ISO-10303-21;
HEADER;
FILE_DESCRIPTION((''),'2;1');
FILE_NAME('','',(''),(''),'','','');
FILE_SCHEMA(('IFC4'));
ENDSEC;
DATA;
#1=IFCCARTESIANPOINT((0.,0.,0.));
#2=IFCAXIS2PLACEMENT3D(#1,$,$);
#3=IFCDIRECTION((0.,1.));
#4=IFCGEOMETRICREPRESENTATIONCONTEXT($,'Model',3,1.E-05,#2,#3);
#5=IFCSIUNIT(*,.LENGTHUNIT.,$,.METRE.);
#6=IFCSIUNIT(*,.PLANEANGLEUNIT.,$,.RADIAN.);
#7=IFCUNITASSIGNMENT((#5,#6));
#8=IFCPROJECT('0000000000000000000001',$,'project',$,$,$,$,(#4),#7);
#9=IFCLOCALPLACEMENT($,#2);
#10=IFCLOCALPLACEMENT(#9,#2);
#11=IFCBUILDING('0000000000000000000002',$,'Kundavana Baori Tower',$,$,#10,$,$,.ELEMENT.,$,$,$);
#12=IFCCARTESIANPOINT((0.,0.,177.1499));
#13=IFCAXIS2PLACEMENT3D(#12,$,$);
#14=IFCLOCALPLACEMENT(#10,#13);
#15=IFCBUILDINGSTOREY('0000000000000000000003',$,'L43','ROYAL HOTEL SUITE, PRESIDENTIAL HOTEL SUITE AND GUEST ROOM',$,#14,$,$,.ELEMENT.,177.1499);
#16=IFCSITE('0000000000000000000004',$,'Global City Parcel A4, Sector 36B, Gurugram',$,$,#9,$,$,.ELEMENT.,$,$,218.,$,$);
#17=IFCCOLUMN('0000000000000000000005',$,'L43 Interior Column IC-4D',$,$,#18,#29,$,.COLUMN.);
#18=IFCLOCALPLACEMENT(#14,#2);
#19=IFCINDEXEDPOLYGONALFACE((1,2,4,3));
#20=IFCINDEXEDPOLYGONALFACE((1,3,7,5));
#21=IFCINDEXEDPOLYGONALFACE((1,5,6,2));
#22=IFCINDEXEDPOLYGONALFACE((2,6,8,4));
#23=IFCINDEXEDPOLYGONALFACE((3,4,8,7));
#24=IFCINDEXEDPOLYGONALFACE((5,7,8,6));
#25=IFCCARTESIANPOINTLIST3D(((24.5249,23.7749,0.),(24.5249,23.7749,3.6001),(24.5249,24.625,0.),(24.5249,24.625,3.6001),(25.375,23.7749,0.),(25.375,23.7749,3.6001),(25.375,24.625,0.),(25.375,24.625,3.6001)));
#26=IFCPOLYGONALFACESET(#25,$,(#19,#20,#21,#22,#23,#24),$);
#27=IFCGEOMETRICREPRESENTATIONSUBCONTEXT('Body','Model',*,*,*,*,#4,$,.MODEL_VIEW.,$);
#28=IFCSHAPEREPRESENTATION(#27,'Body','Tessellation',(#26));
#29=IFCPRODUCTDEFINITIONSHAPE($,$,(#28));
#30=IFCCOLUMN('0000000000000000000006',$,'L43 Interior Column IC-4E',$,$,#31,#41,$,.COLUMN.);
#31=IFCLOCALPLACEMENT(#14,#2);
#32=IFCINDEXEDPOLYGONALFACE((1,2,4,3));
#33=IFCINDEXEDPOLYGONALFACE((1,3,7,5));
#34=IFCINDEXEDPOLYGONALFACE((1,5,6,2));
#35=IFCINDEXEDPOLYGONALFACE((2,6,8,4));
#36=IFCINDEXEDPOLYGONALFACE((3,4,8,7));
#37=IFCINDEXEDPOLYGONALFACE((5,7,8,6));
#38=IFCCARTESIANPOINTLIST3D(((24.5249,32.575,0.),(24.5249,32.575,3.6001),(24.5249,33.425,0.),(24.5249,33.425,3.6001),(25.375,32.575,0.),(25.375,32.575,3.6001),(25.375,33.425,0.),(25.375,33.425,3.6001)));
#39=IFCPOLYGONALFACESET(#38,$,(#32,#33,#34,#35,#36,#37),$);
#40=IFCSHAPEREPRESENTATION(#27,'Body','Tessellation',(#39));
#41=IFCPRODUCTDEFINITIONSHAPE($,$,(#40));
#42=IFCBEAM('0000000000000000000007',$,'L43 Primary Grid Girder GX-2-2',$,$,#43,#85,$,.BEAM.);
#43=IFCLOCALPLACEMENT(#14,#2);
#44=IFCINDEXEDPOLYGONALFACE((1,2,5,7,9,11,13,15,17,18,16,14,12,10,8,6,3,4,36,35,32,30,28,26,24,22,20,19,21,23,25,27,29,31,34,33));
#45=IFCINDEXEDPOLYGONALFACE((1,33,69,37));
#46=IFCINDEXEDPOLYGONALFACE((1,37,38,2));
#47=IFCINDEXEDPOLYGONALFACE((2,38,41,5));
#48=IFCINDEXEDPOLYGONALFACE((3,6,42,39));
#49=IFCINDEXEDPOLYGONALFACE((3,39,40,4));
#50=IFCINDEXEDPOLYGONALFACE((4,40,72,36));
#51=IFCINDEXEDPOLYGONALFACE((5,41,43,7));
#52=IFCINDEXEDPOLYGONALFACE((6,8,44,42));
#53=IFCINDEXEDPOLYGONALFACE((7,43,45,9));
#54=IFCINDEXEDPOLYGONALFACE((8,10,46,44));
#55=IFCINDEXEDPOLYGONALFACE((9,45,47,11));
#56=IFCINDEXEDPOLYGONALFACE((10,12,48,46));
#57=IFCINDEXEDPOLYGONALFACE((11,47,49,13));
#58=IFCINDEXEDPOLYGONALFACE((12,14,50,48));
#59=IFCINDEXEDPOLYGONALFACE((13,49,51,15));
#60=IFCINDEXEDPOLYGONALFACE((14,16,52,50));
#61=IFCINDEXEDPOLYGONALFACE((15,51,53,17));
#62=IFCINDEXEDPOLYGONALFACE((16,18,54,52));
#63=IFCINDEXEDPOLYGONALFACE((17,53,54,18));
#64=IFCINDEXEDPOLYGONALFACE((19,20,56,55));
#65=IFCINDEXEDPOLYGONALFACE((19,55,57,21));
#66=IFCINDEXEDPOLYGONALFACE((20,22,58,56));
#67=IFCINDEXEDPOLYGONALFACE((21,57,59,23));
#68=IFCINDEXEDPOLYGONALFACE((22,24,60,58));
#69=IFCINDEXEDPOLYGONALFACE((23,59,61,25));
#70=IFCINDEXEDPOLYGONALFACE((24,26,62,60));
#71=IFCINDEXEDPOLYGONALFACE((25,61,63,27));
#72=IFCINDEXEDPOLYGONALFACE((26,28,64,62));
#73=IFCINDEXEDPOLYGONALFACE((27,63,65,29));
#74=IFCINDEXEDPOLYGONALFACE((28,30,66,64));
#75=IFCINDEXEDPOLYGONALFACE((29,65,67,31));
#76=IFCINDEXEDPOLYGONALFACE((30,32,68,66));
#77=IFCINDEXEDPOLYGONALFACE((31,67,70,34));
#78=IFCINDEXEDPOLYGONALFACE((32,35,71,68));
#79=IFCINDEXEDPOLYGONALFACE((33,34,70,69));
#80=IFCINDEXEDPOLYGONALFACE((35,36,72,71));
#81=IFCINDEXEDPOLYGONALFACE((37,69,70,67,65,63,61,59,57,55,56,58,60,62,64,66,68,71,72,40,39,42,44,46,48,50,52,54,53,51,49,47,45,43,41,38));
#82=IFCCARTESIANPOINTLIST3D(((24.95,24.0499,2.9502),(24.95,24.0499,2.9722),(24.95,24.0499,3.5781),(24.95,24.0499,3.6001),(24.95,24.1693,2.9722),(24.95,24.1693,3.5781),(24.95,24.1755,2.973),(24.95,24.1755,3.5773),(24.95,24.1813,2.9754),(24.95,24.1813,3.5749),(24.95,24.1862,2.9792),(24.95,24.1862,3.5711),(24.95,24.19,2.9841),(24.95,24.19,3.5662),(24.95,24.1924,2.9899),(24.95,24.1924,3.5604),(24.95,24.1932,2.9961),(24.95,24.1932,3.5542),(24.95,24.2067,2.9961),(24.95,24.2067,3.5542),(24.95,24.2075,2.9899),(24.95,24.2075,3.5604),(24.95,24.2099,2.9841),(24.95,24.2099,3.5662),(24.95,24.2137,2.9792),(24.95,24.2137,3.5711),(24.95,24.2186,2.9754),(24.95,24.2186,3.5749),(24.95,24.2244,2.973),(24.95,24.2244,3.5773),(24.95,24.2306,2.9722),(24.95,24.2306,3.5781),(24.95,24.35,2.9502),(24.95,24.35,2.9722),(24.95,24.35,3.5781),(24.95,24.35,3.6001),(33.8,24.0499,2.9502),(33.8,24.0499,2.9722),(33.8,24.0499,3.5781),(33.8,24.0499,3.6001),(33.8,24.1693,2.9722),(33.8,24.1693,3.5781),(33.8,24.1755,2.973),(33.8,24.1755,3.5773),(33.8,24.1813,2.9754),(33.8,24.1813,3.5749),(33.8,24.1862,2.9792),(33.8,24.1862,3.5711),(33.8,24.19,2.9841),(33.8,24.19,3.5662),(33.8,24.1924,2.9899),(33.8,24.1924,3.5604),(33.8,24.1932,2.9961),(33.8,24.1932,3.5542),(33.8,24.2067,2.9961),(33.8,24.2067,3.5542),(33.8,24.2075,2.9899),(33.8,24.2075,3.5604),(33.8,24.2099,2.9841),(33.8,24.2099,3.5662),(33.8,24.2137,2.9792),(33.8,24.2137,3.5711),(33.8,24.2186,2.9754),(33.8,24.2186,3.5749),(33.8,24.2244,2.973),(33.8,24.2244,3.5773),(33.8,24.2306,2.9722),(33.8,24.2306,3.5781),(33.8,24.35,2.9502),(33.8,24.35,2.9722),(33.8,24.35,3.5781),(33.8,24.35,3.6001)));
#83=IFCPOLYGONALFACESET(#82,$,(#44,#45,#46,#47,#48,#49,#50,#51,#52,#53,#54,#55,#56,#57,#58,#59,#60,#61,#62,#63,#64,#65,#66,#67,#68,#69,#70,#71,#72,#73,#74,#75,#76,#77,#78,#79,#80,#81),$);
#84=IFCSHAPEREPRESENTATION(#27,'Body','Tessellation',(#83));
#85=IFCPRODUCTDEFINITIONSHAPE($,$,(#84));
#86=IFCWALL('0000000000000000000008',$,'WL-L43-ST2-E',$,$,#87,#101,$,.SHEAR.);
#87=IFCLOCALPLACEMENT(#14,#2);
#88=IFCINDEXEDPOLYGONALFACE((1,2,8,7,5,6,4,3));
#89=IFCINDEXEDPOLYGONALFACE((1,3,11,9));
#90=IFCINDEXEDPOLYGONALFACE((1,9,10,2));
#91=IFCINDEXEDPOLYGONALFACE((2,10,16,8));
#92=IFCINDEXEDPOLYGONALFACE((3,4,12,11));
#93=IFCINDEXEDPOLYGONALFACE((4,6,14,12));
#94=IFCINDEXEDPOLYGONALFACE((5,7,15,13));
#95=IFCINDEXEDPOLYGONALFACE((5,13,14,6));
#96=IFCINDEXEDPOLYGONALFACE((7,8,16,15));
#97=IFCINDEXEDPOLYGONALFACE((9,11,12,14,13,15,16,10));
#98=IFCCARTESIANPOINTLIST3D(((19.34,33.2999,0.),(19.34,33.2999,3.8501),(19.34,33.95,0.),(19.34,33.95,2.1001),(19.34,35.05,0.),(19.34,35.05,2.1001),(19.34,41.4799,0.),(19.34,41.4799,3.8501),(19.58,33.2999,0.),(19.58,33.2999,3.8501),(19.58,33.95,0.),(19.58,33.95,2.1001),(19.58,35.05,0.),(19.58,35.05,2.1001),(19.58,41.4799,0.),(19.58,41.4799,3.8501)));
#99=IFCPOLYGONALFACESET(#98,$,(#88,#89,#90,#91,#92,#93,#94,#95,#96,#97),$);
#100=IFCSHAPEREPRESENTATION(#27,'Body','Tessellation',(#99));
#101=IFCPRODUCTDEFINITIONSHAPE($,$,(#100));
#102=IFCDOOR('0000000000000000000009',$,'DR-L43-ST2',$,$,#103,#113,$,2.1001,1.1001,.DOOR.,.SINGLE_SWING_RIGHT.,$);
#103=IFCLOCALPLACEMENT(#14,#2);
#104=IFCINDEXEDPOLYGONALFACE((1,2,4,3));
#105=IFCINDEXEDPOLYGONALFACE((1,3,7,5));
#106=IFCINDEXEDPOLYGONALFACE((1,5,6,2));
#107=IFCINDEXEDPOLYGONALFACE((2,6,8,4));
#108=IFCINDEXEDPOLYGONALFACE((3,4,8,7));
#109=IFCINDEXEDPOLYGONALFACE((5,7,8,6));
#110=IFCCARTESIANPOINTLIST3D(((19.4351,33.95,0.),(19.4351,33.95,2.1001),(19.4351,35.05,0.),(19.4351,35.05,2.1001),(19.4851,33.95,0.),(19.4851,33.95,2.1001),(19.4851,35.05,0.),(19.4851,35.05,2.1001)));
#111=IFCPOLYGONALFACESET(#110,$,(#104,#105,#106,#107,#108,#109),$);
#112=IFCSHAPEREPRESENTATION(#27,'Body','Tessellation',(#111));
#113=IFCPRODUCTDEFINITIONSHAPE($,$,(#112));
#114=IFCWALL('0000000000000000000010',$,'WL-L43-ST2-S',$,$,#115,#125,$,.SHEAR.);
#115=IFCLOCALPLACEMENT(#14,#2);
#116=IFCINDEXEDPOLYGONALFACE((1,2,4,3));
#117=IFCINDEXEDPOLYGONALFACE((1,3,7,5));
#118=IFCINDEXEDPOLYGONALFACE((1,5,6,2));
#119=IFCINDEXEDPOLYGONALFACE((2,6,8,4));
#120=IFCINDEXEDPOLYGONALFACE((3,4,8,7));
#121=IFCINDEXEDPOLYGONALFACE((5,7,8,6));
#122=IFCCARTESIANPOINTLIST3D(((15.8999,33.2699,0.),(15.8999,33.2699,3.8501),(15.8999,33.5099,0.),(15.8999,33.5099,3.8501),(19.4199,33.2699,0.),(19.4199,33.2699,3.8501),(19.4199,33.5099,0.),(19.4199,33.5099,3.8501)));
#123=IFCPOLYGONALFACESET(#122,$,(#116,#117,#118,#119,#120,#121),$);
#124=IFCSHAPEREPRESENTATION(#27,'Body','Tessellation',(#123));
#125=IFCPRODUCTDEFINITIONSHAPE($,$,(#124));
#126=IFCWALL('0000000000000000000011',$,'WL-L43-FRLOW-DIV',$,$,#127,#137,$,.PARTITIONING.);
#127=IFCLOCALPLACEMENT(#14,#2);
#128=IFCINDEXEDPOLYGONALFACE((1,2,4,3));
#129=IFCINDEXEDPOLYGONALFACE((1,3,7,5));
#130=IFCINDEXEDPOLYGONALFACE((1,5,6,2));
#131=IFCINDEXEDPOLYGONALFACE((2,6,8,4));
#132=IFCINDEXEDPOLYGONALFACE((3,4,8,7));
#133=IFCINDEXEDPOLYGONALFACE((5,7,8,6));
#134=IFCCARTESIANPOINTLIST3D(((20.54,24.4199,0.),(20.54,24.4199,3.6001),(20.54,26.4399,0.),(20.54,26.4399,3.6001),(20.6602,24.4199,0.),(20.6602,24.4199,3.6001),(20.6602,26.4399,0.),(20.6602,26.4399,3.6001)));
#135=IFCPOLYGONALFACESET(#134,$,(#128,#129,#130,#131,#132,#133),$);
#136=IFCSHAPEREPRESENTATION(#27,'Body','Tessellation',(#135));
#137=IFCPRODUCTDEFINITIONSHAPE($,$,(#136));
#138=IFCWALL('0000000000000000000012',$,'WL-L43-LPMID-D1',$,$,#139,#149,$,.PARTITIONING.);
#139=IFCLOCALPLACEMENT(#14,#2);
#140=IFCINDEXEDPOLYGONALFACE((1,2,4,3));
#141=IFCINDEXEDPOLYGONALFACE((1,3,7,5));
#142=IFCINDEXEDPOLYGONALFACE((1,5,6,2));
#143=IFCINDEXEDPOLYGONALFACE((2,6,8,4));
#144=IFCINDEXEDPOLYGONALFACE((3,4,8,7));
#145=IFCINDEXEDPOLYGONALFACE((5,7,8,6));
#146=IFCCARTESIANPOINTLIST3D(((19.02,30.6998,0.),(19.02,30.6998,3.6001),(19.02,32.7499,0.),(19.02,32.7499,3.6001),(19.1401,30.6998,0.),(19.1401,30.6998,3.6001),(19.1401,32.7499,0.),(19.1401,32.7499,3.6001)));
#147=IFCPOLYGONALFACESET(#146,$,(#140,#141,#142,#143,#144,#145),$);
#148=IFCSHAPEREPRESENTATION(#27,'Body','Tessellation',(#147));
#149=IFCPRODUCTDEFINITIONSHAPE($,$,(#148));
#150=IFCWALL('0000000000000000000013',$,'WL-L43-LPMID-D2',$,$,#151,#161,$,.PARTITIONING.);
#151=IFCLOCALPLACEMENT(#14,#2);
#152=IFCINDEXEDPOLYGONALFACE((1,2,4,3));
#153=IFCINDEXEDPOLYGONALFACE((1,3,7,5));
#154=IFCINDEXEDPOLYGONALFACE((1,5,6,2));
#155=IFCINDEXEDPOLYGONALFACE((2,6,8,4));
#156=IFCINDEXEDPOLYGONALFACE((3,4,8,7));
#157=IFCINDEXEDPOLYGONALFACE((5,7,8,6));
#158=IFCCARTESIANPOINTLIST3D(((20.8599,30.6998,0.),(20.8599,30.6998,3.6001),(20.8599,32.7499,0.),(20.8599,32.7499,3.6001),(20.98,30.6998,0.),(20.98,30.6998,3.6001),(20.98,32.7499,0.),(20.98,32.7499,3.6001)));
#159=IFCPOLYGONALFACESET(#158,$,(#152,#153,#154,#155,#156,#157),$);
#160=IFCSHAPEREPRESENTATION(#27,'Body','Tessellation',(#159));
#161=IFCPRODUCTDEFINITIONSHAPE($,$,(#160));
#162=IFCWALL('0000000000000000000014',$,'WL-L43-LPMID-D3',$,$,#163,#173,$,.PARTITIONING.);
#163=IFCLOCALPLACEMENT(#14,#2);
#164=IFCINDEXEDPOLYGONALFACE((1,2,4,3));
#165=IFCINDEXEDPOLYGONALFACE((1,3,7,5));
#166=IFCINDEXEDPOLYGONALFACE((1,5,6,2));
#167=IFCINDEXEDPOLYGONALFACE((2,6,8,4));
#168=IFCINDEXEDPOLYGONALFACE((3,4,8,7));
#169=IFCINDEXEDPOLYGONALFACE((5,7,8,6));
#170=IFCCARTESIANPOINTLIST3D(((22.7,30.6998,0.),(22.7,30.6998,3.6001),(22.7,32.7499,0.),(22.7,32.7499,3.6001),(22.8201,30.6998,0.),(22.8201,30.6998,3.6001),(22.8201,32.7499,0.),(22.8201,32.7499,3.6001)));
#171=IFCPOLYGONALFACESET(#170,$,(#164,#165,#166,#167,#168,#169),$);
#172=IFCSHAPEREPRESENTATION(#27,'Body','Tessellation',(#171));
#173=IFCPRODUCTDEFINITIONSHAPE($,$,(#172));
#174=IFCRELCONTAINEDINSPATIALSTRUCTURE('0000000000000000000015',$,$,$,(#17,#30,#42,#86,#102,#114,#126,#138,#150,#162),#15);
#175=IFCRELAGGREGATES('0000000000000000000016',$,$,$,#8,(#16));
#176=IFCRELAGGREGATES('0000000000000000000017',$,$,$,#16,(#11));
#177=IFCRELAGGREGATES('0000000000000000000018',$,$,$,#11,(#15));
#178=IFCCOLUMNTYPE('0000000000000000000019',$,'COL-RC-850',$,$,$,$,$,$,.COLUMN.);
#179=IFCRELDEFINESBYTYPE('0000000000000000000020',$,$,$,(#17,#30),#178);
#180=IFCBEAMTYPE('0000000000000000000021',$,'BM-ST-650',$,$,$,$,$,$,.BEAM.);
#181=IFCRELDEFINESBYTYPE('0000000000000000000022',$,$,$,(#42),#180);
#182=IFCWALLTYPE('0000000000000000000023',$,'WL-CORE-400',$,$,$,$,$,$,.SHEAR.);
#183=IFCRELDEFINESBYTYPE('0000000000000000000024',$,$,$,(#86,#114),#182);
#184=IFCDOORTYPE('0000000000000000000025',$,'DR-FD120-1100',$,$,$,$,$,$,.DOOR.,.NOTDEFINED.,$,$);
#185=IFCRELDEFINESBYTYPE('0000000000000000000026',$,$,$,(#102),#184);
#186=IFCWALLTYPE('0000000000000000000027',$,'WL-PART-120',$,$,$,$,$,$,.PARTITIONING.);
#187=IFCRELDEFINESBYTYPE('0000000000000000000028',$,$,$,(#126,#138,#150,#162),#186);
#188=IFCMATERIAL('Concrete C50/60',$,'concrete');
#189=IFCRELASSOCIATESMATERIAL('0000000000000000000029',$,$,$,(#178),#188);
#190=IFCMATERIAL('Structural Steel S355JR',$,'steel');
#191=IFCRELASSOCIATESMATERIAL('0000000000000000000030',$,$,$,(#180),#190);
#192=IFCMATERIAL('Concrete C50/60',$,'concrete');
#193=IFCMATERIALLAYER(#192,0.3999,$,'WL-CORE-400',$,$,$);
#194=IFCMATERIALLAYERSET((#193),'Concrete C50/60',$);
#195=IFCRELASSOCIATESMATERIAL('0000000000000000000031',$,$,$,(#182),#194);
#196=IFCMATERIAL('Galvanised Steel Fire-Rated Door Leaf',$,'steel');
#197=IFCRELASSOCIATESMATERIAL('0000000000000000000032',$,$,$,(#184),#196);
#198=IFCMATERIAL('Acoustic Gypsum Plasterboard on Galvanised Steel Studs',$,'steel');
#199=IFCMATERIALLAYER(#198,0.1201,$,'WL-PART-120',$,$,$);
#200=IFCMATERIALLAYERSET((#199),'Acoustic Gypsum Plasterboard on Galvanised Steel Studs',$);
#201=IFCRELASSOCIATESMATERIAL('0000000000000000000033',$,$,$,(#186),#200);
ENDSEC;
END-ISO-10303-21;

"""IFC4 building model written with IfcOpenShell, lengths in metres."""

from ifc_helpers import new_model, si_unit, direction, frame, frame_2d, origin, origin_2d, place, context, subcontext, project, spatial, rectangle, i_section, extrude, material, layer, layer_set, material_profile, profile_set, type_object, element, fill, save


model = new_model("IFC4")

# Units and contexts
model_context = context("Model", 3, precision=1e-05, world=origin(), true_north=direction((0.0, 1.0)))
body_context = subcontext(model_context, "Body", "Model", "MODEL_VIEW")
ifc_project = project(units=[si_unit("LENGTHUNIT", "METRE"), si_unit("PLANEANGLEUNIT", "RADIAN")], contexts=[model_context])

# Site, building, storey
site_placement = place(None, origin())
site = spatial("IfcSite", under=ifc_project, at=site_placement, Name="Global City Parcel A4, Sector 36B, Gurugram", CompositionType="ELEMENT", RefElevation=218.0)
building_placement = place(site_placement, origin())
building = spatial("IfcBuilding", under=site, at=building_placement, Name="Kundavana Baori Tower", CompositionType="ELEMENT")
storey_placement = place(building_placement, frame((0.0, 0.0, 177.1499)))
storey = spatial("IfcBuildingStorey", under=building, at=storey_placement, Name="L43", Description="ROYAL HOTEL SUITE, PRESIDENTIAL HOTEL SUITE AND GUEST ROOM", CompositionType="ELEMENT", Elevation=177.1499)

# Columns
ifc_material_1 = material(Name="Concrete C50/60", Category="concrete")
ifc_material_profile_1 = material_profile(ifc_material_1, rectangle(XDim=0.8501, YDim=0.8501, at=origin_2d()), Name="RC 850x850")
ifc_profile_set_1 = profile_set([ifc_material_profile_1], Name="Concrete C50/60")
column_type = type_object("IfcColumnType", Name="COL-RC-850", PredefinedType="COLUMN", material=ifc_profile_set_1)
for number, where, z_axis, x_axis, name in (
    (1, (24.95, 24.2, 0.0), (0.0, 0.0, 1.0), (1.0, 0.0, 0.0), "L43 Interior Column IC-4D"),
    (2, (24.95, 33.0, 0.0), (0.0, 0.0, 1.0), (1.0, 0.0, 0.0), "L43 Interior Column IC-4E"),
):
    element("IfcColumn", number, at=place(storey_placement, frame(where, z_axis=z_axis, x_axis=x_axis)), inside=storey, type_object=column_type, Name=name, PredefinedType="COLUMN", context=body_context, shape_type="SweptSolid", body=[
        extrude(rectangle(XDim=0.8501, YDim=0.8501, at=origin_2d()), origin(), (0.0, 0.0, 1.0), 3.6001),
    ])

# Beam
ifc_material_2 = material(Name="Structural Steel S355JR", Category="steel")
ifc_material_profile_2 = material_profile(ifc_material_2, i_section(OverallWidth=0.3, OverallDepth=0.6499, WebThickness=0.0134, FlangeThickness=0.022, FilletRadius=0.0239, at=origin_2d()), Name="NPB 650x300x155")
ifc_profile_set_2 = profile_set([ifc_material_profile_2], Name="Structural Steel S355JR")
beam_type = type_object("IfcBeamType", Name="BM-ST-650", PredefinedType="BEAM", material=ifc_profile_set_2)
beam_placement = place(storey_placement, frame((24.95, 24.2, 3.2751), z_axis=(1.0, 0.0, 0.0), x_axis=(0.0, 1.0, 0.0)))
element("IfcBeam", 3, at=beam_placement, inside=storey, type_object=beam_type, Name="L43 Primary Grid Girder GX-2-2", PredefinedType="BEAM", context=body_context, shape_type="SweptSolid", body=[
    extrude(i_section(OverallWidth=0.3, OverallDepth=0.6499, WebThickness=0.0134, FlangeThickness=0.022, FilletRadius=0.0239, at=origin_2d()), origin(), (0.0, 0.0, 1.0), 8.8501),
])

# Wall, opening, door
ifc_material_3 = material(Name="Concrete C50/60", Category="concrete")
ifc_layer_1 = layer(ifc_material_3, 0.3999, Name="WL-CORE-400")
ifc_layer_set_1 = layer_set([ifc_layer_1], Name="Concrete C50/60")
wall_type_1 = type_object("IfcWallType", Name="WL-CORE-400", PredefinedType="SHEAR", material=ifc_layer_set_1)
wall_1_placement = place(storey_placement, frame((19.46, 33.3, 0.0), z_axis=(0.0, 0.0, 1.0), x_axis=(0.0, 1.0, 0.0)))
wall_1 = element("IfcWall", 4, at=wall_1_placement, inside=storey, type_object=wall_type_1, Name="WL-L43-ST2-E", PredefinedType="SHEAR", context=body_context, shape_type="SweptSolid", body=[
    extrude(rectangle(XDim=8.1799, YDim=0.24, at=frame_2d((4.0898, 0.0))), origin(), (0.0, 0.0, 1.0), 3.8501),
])
opening_1_placement = place(wall_1_placement, frame((0.6499, 0.0, 0.0)))
opening_1 = element("IfcOpeningElement", 5, at=opening_1_placement, cuts=wall_1, PredefinedType="OPENING", context=body_context, shape_type="SweptSolid", body=[
    extrude(rectangle(XDim=1.1001, YDim=2.1001, at=frame_2d((0.55, 1.05))), frame((0.0, 0.1299, 0.0), z_axis=(0.0, -1.0, 0.0), x_axis=(1.0, 0.0, 0.0)), (0.0, 0.0, 1.0), 0.26),
])
ifc_material_4 = material(Name="Galvanised Steel Fire-Rated Door Leaf", Category="steel")
door_type_1 = type_object("IfcDoorType", Name="DR-FD120-1100", OperationType="NOTDEFINED", PredefinedType="DOOR", material=ifc_material_4)
door_1_placement = place(opening_1_placement, origin())
door_1 = element("IfcDoor", 6, at=door_1_placement, inside=storey, type_object=door_type_1, Name="DR-L43-ST2", OperationType="SINGLE_SWING_RIGHT", OverallHeight=2.1001, OverallWidth=1.1001, PredefinedType="DOOR", context=body_context, shape_type="SweptSolid", body=[
    extrude(rectangle(XDim=1.1001, YDim=2.1001, at=frame_2d((0.55, 1.05))), frame((0.0, 0.0249, 0.0), z_axis=(0.0, -1.0, 0.0), x_axis=(1.0, 0.0, 0.0)), (0.0, 0.0, 1.0), 0.05),
])
fill(opening_1, door_1)

# Walls
wall_2_placement = place(storey_placement, frame((15.8999, 33.3899, 0.0), z_axis=(0.0, 0.0, 1.0), x_axis=(1.0, 0.0, 0.0)))
element("IfcWall", 7, at=wall_2_placement, inside=storey, type_object=wall_type_1, Name="WL-L43-ST2-S", PredefinedType="SHEAR", context=body_context, shape_type="SweptSolid", body=[
    extrude(rectangle(XDim=3.52, YDim=0.24, at=frame_2d((1.76, 0.0))), origin(), (0.0, 0.0, 1.0), 3.8501),
])
ifc_material_5 = material(Name="Acoustic Gypsum Plasterboard on Galvanised Steel Studs", Category="steel")
ifc_layer_2 = layer(ifc_material_5, 0.1201, Name="WL-PART-120")
ifc_layer_set_2 = layer_set([ifc_layer_2], Name="Acoustic Gypsum Plasterboard on Galvanised Steel Studs")
wall_type_2 = type_object("IfcWallType", Name="WL-PART-120", PredefinedType="PARTITIONING", material=ifc_layer_set_2)
wall_3_placement = place(storey_placement, frame((20.6001, 24.4199, 0.0), z_axis=(0.0, 0.0, 1.0), x_axis=(0.0, 1.0, 0.0)))
element("IfcWall", 8, at=wall_3_placement, inside=storey, type_object=wall_type_2, Name="WL-L43-FRLOW-DIV", PredefinedType="PARTITIONING", context=body_context, shape_type="SweptSolid", body=[
    extrude(rectangle(XDim=2.02, YDim=0.1201, at=frame_2d((1.01, 0.0))), origin(), (0.0, 0.0, 1.0), 3.6001),
])
for number, where, z_axis, x_axis, name in (
    (9, (19.0801, 30.7, 0.0), (0.0, 0.0, 1.0), (0.0, 1.0, 0.0), "WL-L43-LPMID-D1"),
    (10, (20.9199, 30.7, 0.0), (0.0, 0.0, 1.0), (0.0, 1.0, 0.0), "WL-L43-LPMID-D2"),
    (11, (22.76, 30.7, 0.0), (0.0, 0.0, 1.0), (0.0, 1.0, 0.0), "WL-L43-LPMID-D3"),
):
    element("IfcWall", number, at=place(storey_placement, frame(where, z_axis=z_axis, x_axis=x_axis)), inside=storey, type_object=wall_type_2, Name=name, PredefinedType="PARTITIONING", context=body_context, shape_type="SweptSolid", body=[
        extrude(rectangle(XDim=2.05, YDim=0.1201, at=frame_2d((1.0249, 0.0))), origin(), (0.0, 0.0, 1.0), 3.6001),
    ])

save(model, "model.ifc")
